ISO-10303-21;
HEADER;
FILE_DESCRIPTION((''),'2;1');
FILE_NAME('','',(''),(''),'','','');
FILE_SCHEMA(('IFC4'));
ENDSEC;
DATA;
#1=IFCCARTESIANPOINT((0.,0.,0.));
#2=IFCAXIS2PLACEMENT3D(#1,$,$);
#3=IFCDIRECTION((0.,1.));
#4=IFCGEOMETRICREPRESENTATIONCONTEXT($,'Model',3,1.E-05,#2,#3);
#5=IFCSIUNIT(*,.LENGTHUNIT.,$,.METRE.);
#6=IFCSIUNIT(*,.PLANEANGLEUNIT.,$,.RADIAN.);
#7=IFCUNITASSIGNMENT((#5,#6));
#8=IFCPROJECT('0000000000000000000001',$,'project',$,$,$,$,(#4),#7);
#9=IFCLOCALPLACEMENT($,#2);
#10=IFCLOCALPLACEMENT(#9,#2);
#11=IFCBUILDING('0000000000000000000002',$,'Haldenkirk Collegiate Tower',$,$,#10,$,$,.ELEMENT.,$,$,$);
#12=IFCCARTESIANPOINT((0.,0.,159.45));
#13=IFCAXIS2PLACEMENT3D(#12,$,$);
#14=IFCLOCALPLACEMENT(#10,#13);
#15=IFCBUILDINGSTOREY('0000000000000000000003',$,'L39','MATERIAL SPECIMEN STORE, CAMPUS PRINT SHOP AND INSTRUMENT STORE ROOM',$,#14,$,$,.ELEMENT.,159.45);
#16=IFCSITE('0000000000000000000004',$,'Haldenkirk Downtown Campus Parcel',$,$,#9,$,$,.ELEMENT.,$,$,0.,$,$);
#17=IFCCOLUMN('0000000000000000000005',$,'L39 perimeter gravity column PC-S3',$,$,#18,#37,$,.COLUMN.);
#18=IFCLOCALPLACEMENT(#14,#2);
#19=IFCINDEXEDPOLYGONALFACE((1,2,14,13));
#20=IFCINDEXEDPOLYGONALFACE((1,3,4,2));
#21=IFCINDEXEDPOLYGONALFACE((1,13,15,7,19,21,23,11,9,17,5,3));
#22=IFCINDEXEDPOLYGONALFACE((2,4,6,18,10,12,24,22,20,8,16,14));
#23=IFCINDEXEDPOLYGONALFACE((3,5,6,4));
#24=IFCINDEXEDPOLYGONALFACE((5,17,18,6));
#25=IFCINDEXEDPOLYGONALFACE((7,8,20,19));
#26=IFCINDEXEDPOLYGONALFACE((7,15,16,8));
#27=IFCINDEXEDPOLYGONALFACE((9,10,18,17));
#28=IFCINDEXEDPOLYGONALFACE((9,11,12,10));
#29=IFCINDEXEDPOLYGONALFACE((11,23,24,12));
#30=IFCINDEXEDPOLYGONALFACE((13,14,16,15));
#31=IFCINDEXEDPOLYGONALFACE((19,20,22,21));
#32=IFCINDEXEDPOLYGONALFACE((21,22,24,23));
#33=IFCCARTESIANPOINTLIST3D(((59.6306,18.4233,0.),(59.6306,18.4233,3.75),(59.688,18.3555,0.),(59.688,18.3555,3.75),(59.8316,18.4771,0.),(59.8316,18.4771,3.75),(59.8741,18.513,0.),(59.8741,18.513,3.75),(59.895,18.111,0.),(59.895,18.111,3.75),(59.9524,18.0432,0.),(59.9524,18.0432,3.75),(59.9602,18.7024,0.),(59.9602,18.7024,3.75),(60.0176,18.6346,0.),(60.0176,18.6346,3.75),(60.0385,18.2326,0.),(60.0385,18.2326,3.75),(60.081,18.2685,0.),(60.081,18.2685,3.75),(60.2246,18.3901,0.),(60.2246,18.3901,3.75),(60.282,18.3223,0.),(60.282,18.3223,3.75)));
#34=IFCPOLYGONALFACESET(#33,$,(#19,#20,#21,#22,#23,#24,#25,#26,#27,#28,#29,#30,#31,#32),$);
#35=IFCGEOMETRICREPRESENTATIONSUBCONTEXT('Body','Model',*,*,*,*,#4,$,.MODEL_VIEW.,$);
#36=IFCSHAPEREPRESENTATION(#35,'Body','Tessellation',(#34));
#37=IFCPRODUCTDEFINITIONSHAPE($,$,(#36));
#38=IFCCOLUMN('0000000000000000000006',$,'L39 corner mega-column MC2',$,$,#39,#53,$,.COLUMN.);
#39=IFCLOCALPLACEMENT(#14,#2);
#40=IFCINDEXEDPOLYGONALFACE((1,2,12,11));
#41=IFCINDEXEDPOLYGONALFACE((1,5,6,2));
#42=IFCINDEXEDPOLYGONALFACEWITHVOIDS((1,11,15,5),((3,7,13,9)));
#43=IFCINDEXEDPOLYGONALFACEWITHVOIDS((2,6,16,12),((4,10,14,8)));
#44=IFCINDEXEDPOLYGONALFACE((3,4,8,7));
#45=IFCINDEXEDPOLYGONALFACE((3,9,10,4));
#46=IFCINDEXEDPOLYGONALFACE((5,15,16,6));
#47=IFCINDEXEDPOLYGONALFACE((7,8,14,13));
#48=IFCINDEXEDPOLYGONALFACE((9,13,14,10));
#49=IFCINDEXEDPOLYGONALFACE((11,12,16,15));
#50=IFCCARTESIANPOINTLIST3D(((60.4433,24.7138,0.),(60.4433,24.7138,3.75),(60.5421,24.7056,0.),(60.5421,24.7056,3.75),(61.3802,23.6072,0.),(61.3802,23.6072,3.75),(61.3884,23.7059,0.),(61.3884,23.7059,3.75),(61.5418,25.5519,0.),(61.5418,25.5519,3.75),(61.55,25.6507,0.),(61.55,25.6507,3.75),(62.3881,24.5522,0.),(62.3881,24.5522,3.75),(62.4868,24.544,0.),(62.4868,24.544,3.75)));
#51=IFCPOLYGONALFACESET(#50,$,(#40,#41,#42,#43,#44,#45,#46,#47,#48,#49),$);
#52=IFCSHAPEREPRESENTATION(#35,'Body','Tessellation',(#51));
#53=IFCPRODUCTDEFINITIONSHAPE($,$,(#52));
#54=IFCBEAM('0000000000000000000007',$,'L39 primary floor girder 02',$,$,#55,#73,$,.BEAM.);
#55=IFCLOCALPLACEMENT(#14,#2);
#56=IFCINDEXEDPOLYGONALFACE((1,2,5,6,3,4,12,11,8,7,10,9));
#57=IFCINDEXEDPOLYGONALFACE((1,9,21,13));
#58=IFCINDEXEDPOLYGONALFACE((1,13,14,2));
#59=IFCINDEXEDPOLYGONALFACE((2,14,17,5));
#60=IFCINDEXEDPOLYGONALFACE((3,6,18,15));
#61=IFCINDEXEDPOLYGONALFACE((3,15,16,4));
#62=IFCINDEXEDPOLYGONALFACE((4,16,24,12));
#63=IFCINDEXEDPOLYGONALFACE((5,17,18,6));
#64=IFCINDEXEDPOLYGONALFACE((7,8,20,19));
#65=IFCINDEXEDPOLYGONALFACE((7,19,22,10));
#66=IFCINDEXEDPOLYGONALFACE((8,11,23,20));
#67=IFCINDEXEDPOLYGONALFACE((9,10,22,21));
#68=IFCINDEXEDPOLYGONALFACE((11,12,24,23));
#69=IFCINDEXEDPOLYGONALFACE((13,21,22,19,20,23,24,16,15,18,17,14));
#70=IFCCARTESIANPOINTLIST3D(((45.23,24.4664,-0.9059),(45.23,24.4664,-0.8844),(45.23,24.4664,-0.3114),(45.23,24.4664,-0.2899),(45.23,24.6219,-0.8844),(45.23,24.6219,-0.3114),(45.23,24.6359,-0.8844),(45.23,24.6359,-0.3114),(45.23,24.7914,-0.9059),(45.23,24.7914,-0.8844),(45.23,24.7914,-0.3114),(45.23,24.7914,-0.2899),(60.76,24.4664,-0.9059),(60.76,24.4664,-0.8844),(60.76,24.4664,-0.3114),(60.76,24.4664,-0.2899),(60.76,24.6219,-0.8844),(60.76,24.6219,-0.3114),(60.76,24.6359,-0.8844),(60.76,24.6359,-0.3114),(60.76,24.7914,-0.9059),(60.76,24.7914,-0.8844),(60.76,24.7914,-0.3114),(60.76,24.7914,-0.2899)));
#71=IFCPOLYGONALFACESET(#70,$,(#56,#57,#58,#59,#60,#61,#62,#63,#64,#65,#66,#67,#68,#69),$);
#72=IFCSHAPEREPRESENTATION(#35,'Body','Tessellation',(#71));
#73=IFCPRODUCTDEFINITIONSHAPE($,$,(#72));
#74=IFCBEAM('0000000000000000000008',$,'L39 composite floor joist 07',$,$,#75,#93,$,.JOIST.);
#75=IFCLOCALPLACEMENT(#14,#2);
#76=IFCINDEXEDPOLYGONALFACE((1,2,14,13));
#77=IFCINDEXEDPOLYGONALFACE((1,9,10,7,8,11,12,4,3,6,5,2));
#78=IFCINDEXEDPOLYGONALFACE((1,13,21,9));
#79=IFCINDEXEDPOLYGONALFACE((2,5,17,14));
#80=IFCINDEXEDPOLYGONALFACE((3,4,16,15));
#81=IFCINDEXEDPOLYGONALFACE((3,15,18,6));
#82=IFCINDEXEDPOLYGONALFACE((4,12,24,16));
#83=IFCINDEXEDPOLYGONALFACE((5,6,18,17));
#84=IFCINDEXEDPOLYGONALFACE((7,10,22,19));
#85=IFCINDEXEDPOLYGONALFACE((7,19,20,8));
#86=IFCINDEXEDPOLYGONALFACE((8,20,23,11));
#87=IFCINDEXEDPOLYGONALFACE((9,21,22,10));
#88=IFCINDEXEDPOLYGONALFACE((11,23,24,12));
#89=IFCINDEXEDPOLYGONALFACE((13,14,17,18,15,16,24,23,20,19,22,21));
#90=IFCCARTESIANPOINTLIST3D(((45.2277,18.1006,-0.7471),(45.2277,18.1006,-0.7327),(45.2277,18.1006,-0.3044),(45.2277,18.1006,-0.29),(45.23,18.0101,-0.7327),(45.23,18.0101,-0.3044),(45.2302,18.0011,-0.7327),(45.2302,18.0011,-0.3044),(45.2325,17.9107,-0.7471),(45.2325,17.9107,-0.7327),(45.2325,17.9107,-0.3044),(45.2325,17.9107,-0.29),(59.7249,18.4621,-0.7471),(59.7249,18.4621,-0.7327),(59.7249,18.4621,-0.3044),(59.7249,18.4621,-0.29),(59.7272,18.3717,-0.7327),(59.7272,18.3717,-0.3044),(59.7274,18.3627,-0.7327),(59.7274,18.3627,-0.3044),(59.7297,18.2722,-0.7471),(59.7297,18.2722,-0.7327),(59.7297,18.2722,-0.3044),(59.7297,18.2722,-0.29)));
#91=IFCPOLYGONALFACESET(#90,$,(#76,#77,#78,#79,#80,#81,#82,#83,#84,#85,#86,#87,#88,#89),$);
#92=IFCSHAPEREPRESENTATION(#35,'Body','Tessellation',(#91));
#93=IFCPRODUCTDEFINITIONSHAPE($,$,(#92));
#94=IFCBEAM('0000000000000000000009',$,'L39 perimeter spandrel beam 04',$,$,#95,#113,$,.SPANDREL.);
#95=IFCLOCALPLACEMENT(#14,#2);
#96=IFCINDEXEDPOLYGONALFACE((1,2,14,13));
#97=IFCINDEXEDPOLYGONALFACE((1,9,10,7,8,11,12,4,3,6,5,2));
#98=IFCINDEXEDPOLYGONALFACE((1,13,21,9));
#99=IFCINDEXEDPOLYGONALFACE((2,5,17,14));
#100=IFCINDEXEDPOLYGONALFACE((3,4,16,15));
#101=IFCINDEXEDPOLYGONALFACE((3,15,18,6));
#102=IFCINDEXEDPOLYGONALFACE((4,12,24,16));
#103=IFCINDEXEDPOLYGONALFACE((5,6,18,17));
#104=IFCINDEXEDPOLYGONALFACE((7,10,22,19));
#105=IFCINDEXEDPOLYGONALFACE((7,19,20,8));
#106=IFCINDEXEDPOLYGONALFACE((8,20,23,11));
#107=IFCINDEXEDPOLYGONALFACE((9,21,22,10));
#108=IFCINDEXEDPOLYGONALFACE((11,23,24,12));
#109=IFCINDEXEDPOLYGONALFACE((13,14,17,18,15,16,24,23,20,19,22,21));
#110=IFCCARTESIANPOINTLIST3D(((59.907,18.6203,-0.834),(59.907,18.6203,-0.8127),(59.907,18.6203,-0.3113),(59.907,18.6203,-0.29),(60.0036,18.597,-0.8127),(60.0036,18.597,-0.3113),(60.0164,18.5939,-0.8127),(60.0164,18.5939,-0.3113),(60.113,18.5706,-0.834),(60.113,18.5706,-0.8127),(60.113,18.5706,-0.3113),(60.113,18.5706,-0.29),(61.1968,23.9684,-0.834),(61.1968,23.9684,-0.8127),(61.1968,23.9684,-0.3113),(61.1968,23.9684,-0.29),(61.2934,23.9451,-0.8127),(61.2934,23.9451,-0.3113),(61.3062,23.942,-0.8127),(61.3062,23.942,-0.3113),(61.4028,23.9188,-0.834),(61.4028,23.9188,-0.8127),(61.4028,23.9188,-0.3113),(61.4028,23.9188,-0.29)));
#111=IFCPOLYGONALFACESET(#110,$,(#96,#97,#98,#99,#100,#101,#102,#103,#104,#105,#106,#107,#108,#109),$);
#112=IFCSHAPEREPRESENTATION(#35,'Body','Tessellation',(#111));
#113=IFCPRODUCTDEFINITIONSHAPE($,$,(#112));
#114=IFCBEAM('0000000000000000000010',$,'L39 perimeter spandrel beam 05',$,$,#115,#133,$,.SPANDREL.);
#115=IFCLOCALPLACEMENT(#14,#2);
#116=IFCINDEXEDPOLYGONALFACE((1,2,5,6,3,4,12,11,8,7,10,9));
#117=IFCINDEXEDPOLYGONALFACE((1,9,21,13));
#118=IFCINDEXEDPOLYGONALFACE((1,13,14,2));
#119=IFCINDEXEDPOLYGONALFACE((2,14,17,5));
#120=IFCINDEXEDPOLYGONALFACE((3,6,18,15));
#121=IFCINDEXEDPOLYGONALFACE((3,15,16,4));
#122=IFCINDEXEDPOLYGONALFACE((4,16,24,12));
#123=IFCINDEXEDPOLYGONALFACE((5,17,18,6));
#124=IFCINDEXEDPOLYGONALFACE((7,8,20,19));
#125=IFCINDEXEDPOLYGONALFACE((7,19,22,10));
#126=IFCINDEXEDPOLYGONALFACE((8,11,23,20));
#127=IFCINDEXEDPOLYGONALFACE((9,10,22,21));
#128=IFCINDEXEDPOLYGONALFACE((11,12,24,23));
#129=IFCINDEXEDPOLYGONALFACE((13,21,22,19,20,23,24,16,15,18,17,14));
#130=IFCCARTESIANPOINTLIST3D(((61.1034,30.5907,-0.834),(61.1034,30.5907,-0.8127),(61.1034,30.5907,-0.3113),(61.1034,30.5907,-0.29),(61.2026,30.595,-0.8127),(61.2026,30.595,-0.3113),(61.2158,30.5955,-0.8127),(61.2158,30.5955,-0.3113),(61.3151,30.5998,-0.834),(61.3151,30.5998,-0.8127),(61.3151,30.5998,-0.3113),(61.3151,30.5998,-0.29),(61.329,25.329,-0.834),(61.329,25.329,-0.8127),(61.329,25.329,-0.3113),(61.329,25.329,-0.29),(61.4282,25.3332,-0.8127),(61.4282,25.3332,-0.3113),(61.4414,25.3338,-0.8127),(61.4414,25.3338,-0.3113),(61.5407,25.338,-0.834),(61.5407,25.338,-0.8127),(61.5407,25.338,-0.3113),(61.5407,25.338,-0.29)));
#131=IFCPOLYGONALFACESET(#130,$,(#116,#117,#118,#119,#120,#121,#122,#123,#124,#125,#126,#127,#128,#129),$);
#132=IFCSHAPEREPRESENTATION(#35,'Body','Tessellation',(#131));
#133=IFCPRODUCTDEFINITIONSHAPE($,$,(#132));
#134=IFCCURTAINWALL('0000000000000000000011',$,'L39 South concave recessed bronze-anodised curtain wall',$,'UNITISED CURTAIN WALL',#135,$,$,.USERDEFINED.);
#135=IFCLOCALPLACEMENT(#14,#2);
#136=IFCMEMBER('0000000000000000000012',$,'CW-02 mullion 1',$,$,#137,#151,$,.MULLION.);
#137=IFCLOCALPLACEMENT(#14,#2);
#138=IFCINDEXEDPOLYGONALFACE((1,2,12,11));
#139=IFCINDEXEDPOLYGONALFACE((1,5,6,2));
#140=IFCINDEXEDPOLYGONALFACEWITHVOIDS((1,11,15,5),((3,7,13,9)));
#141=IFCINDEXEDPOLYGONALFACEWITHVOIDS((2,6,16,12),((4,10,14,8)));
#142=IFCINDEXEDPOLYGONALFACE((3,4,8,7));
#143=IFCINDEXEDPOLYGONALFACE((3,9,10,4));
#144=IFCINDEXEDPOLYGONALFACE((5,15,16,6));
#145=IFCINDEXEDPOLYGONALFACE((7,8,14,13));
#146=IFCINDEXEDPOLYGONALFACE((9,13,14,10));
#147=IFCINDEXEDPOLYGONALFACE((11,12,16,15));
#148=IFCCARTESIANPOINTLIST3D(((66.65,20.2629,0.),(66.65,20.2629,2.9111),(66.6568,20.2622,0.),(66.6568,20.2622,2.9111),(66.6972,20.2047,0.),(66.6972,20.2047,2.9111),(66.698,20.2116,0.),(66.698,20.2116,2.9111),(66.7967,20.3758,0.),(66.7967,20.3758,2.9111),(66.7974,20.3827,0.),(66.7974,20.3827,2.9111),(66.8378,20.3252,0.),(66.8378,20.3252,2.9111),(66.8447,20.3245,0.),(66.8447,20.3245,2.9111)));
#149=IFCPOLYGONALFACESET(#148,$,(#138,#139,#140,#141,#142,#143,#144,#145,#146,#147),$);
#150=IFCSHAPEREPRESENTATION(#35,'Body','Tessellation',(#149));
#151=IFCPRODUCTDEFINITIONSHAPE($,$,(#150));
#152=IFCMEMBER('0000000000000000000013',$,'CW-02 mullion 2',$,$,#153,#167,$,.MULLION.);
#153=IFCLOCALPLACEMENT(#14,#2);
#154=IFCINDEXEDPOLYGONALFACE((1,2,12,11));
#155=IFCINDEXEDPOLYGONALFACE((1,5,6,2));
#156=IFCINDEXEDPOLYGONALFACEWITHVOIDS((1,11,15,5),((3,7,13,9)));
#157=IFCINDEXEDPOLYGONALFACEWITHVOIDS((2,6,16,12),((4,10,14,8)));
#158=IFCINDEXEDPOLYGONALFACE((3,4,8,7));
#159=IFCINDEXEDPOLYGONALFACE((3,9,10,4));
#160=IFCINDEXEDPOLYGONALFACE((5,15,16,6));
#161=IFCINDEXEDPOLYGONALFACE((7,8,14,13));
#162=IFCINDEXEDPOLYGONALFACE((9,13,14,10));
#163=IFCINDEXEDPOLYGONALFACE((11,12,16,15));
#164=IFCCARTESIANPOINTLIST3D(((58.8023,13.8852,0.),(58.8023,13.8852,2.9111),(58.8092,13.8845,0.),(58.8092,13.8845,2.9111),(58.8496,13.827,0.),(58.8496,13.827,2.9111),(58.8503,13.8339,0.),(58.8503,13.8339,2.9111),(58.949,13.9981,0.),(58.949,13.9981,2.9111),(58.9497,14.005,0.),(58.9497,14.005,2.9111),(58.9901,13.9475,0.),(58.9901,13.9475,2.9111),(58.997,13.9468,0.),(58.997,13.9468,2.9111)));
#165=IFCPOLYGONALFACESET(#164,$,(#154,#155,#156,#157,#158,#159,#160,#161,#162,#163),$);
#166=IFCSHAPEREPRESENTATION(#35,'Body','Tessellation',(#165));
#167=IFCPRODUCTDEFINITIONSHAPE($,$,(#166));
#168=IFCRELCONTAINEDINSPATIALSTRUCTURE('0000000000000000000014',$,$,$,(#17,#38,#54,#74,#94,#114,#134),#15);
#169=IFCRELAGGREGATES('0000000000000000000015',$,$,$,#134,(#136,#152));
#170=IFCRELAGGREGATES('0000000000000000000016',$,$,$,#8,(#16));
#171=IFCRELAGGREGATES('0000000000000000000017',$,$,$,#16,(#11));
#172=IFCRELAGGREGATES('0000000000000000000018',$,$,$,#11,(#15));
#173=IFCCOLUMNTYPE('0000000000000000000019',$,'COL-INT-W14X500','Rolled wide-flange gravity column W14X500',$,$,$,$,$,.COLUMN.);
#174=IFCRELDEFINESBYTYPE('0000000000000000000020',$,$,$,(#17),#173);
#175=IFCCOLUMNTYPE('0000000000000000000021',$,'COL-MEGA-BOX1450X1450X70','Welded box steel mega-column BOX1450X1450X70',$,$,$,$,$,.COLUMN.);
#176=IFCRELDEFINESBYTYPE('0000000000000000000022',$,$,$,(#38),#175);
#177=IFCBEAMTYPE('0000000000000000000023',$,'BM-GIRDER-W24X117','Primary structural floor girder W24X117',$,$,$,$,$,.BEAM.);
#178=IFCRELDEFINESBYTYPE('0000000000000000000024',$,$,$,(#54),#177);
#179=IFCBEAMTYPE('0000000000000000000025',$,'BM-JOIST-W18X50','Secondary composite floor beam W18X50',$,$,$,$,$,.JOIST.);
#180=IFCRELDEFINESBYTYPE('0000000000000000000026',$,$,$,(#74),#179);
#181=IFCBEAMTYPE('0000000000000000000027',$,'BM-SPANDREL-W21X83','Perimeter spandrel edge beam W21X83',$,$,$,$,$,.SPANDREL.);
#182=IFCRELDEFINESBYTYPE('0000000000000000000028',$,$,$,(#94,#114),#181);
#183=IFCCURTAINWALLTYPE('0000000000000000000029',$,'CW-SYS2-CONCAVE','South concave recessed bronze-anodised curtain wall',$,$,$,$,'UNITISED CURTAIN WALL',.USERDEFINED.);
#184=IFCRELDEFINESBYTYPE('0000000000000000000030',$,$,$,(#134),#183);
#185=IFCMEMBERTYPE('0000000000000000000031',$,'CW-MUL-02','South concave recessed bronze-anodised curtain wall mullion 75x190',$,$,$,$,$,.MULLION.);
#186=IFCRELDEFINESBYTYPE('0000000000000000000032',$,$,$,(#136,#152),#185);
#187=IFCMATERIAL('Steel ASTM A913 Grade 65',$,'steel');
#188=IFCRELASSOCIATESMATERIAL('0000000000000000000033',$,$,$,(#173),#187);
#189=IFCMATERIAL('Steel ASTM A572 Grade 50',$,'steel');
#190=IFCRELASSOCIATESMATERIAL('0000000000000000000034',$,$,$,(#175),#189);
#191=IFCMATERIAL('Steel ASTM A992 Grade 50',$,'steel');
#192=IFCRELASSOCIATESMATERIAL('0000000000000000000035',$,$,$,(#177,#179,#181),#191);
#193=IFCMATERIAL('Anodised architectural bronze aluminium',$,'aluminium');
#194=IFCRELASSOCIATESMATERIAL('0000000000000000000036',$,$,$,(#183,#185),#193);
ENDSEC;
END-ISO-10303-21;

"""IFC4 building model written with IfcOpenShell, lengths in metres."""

from ifc_helpers import new_model, si_unit, direction, frame, origin, origin_2d, place, context, subcontext, project, spatial, hollow_rectangle, i_section, extrude, material, material_profile, profile_set, type_object, element, aggregate, save


model = new_model("IFC4")

# Units and contexts
model_context = context("Model", 3, precision=1e-05, world=origin(), true_north=direction((0.0, 1.0)))
body_context = subcontext(model_context, "Body", "Model", "MODEL_VIEW")
ifc_project = project(units=[si_unit("LENGTHUNIT", "METRE"), si_unit("PLANEANGLEUNIT", "RADIAN")], contexts=[model_context])

# Site, building, storey
site_placement = place(None, origin())
site = spatial("IfcSite", under=ifc_project, at=site_placement, Name="Haldenkirk Downtown Campus Parcel", CompositionType="ELEMENT", RefElevation=0.0)
building_placement = place(site_placement, origin())
building = spatial("IfcBuilding", under=site, at=building_placement, Name="Haldenkirk Collegiate Tower", CompositionType="ELEMENT")
storey_placement = place(building_placement, frame((0.0, 0.0, 159.45)))
storey = spatial("IfcBuildingStorey", under=building, at=storey_placement, Name="L39", Description="MATERIAL SPECIMEN STORE, CAMPUS PRINT SHOP AND INSTRUMENT STORE ROOM", CompositionType="ELEMENT", Elevation=159.45)

# Columns
ifc_material_1 = material(Name="Steel ASTM A913 Grade 65", Category="steel")
ifc_material_profile_1 = material_profile(ifc_material_1, i_section(OverallWidth=0.4319, OverallDepth=0.498, WebThickness=0.0557, FlangeThickness=0.0889, at=origin_2d()), Name="W14X500")
ifc_profile_set_1 = profile_set([ifc_material_profile_1], Name="Steel ASTM A913 Grade 65")
column_type_1 = type_object("IfcColumnType", Name="COL-INT-W14X500", Description="Rolled wide-flange gravity column W14X500", PredefinedType="COLUMN", material=ifc_profile_set_1)
column_1_placement = place(storey_placement, frame((59.9563, 18.3728, 0.0), z_axis=(0.0, 0.0, 1.0), x_axis=(0.763232, 0.646124, 0.0)))
element("IfcColumn", 1, at=column_1_placement, inside=storey, type_object=column_type_1, Name="L39 perimeter gravity column PC-S3", PredefinedType="COLUMN", context=body_context, shape_type="SweptSolid", body=[
    extrude(i_section(OverallWidth=0.4319, OverallDepth=0.498, WebThickness=0.0557, FlangeThickness=0.0889, at=origin_2d()), origin(), (0.0, 0.0, 1.0), 3.75),
])
ifc_material_2 = material(Name="Steel ASTM A572 Grade 50", Category="steel")
ifc_material_profile_2 = material_profile(ifc_material_2, hollow_rectangle(XDim=1.45, YDim=1.45, WallThickness=0.0701, at=origin_2d()), Name="BOX1450X1450X70")
ifc_profile_set_2 = profile_set([ifc_material_profile_2], Name="Steel ASTM A572 Grade 50")
column_type_2 = type_object("IfcColumnType", Name="COL-MEGA-BOX1450X1450X70", Description="Welded box steel mega-column BOX1450X1450X70", PredefinedType="COLUMN", material=ifc_profile_set_2)
column_2_placement = place(storey_placement, frame((61.4651, 24.6289, 0.0), z_axis=(0.0, 0.0, 1.0), x_axis=(0.763232, 0.646124, 0.0)))
element("IfcColumn", 2, at=column_2_placement, inside=storey, type_object=column_type_2, Name="L39 corner mega-column MC2", PredefinedType="COLUMN", context=body_context, shape_type="SweptSolid", body=[
    extrude(hollow_rectangle(XDim=1.45, YDim=1.45, WallThickness=0.0701, at=origin_2d()), origin(), (0.0, 0.0, 1.0), 3.75),
])

# Beams
ifc_material_3 = material(Name="Steel ASTM A992 Grade 50", Category="steel")
ifc_material_profile_3 = material_profile(ifc_material_3, i_section(OverallWidth=0.325, OverallDepth=0.616, WebThickness=0.0139, FlangeThickness=0.0215, at=origin_2d()), Name="W24X117")
ifc_profile_set_3 = profile_set([ifc_material_profile_3], Name="Steel ASTM A992 Grade 50")
beam_type_1 = type_object("IfcBeamType", Name="BM-GIRDER-W24X117", Description="Primary structural floor girder W24X117", PredefinedType="BEAM", material=ifc_profile_set_3)
beam_1_placement = place(storey_placement, frame((60.76, 24.6289, -0.5979), z_axis=(-1.0, 0.0, 0.0), x_axis=(0.0, -1.0, 0.0)))
element("IfcBeam", 3, at=beam_1_placement, inside=storey, type_object=beam_type_1, Name="L39 primary floor girder 02", PredefinedType="BEAM", context=body_context, shape_type="SweptSolid", body=[
    extrude(i_section(OverallWidth=0.325, OverallDepth=0.616, WebThickness=0.0139, FlangeThickness=0.0215, at=origin_2d()), origin(), (0.0, 0.0, 1.0), 15.53),
])
ifc_material_profile_4 = material_profile(ifc_material_3, i_section(OverallWidth=0.1899, OverallDepth=0.457, WebThickness=0.009, FlangeThickness=0.0144, at=origin_2d()), Name="W18X50")
ifc_profile_set_4 = profile_set([ifc_material_profile_4], Name="Steel ASTM A992 Grade 50")
beam_type_2 = type_object("IfcBeamType", Name="BM-JOIST-W18X50", Description="Secondary composite floor beam W18X50", PredefinedType="JOIST", material=ifc_profile_set_4)
beam_2_placement = place(storey_placement, frame((59.7273, 18.3672, -0.5186), z_axis=(-0.999689, -0.024933, 0.0), x_axis=(0.024933, -0.999689, 0.0)))
element("IfcBeam", 4, at=beam_2_placement, inside=storey, type_object=beam_type_2, Name="L39 composite floor joist 07", PredefinedType="JOIST", context=body_context, shape_type="SweptSolid", body=[
    extrude(i_section(OverallWidth=0.1899, OverallDepth=0.457, WebThickness=0.009, FlangeThickness=0.0144, at=origin_2d()), origin(), (0.0, 0.0, 1.0), 14.5017),
])
ifc_material_profile_5 = material_profile(ifc_material_3, i_section(OverallWidth=0.2119, OverallDepth=0.5439, WebThickness=0.0132, FlangeThickness=0.0212, at=origin_2d()), Name="W21X83")
ifc_profile_set_5 = profile_set([ifc_material_profile_5], Name="Steel ASTM A992 Grade 50")
beam_type_3 = type_object("IfcBeamType", Name="BM-SPANDREL-W21X83", Description="Perimeter spandrel edge beam W21X83", PredefinedType="SPANDREL", material=ifc_profile_set_5)
beam_3_placement = place(storey_placement, frame((60.01, 18.5955, -0.562), z_axis=(0.234445, 0.972129, 0.0), x_axis=(-0.972129, 0.234445, 0.0)))
element("IfcBeam", 5, at=beam_3_placement, inside=storey, type_object=beam_type_3, Name="L39 perimeter spandrel beam 04", PredefinedType="SPANDREL", context=body_context, shape_type="SweptSolid", body=[
    extrude(i_section(OverallWidth=0.2119, OverallDepth=0.5439, WebThickness=0.0132, FlangeThickness=0.0212, at=origin_2d()), origin(), (0.0, 0.0, 1.0), 5.5015),
])
beam_4_placement = place(storey_placement, frame((61.4348, 25.3335, -0.562), z_axis=(-0.042834, 0.999082, 0.0), x_axis=(-0.999082, -0.042834, 0.0)))
element("IfcBeam", 6, at=beam_4_placement, inside=storey, type_object=beam_type_3, Name="L39 perimeter spandrel beam 05", PredefinedType="SPANDREL", context=body_context, shape_type="SweptSolid", body=[
    extrude(i_section(OverallWidth=0.2119, OverallDepth=0.5439, WebThickness=0.0132, FlangeThickness=0.0212, at=origin_2d()), origin(), (0.0, 0.0, 1.0), 5.2666),
])

# Curtain wall, members
ifc_material_4 = material(Name="Anodised architectural bronze aluminium", Category="aluminium")
curtain_wall_type = type_object("IfcCurtainWallType", Name="CW-SYS2-CONCAVE", Description="South concave recessed bronze-anodised curtain wall", ElementType="UNITISED CURTAIN WALL", PredefinedType="USERDEFINED", material=ifc_material_4)
curtain_wall_placement = place(storey_placement, origin())
curtain_wall = element("IfcCurtainWall", 7, at=curtain_wall_placement, inside=storey, type_object=curtain_wall_type, Name="L39 South concave recessed bronze-anodised curtain wall", ObjectType="UNITISED CURTAIN WALL", PredefinedType="USERDEFINED")
ifc_material_profile_6 = material_profile(ifc_material_4, hollow_rectangle(XDim=0.075, YDim=0.1899, WallThickness=0.0049, at=origin_2d()), Name="CW-MUL-02")
ifc_profile_set_6 = profile_set([ifc_material_profile_6], Name="Anodised architectural bronze aluminium")
member_type_1 = type_object("IfcMemberType", Name="CW-MUL-02", Description="South concave recessed bronze-anodised curtain wall mullion 75x190", PredefinedType="MULLION", material=ifc_profile_set_6)
member_1_placement = place(storey_placement, frame((66.7473, 20.2937, 0.0), z_axis=(0.0, 0.0, 1.0), x_axis=(0.630674, -0.776048, 0.0)))
member_1 = element("IfcMember", 8, at=member_1_placement, type_object=member_type_1, Name="CW-02 mullion 1", PredefinedType="MULLION", context=body_context, shape_type="SweptSolid", body=[
    extrude(hollow_rectangle(XDim=0.075, YDim=0.1899, WallThickness=0.0049, at=origin_2d()), origin(), (0.0, 0.0, 1.0), 2.9111),
])
member_2_placement = place(storey_placement, frame((58.8997, 13.916, 0.0), z_axis=(0.0, 0.0, 1.0), x_axis=(0.630674, -0.776048, 0.0)))
member_2 = element("IfcMember", 9, at=member_2_placement, type_object=member_type_1, Name="CW-02 mullion 2", PredefinedType="MULLION", context=body_context, shape_type="SweptSolid", body=[
    extrude(hollow_rectangle(XDim=0.075, YDim=0.1899, WallThickness=0.0049, at=origin_2d()), origin(), (0.0, 0.0, 1.0), 2.9111),
])
aggregate(curtain_wall, [member_1, member_2])

save(model, "model.ifc")
